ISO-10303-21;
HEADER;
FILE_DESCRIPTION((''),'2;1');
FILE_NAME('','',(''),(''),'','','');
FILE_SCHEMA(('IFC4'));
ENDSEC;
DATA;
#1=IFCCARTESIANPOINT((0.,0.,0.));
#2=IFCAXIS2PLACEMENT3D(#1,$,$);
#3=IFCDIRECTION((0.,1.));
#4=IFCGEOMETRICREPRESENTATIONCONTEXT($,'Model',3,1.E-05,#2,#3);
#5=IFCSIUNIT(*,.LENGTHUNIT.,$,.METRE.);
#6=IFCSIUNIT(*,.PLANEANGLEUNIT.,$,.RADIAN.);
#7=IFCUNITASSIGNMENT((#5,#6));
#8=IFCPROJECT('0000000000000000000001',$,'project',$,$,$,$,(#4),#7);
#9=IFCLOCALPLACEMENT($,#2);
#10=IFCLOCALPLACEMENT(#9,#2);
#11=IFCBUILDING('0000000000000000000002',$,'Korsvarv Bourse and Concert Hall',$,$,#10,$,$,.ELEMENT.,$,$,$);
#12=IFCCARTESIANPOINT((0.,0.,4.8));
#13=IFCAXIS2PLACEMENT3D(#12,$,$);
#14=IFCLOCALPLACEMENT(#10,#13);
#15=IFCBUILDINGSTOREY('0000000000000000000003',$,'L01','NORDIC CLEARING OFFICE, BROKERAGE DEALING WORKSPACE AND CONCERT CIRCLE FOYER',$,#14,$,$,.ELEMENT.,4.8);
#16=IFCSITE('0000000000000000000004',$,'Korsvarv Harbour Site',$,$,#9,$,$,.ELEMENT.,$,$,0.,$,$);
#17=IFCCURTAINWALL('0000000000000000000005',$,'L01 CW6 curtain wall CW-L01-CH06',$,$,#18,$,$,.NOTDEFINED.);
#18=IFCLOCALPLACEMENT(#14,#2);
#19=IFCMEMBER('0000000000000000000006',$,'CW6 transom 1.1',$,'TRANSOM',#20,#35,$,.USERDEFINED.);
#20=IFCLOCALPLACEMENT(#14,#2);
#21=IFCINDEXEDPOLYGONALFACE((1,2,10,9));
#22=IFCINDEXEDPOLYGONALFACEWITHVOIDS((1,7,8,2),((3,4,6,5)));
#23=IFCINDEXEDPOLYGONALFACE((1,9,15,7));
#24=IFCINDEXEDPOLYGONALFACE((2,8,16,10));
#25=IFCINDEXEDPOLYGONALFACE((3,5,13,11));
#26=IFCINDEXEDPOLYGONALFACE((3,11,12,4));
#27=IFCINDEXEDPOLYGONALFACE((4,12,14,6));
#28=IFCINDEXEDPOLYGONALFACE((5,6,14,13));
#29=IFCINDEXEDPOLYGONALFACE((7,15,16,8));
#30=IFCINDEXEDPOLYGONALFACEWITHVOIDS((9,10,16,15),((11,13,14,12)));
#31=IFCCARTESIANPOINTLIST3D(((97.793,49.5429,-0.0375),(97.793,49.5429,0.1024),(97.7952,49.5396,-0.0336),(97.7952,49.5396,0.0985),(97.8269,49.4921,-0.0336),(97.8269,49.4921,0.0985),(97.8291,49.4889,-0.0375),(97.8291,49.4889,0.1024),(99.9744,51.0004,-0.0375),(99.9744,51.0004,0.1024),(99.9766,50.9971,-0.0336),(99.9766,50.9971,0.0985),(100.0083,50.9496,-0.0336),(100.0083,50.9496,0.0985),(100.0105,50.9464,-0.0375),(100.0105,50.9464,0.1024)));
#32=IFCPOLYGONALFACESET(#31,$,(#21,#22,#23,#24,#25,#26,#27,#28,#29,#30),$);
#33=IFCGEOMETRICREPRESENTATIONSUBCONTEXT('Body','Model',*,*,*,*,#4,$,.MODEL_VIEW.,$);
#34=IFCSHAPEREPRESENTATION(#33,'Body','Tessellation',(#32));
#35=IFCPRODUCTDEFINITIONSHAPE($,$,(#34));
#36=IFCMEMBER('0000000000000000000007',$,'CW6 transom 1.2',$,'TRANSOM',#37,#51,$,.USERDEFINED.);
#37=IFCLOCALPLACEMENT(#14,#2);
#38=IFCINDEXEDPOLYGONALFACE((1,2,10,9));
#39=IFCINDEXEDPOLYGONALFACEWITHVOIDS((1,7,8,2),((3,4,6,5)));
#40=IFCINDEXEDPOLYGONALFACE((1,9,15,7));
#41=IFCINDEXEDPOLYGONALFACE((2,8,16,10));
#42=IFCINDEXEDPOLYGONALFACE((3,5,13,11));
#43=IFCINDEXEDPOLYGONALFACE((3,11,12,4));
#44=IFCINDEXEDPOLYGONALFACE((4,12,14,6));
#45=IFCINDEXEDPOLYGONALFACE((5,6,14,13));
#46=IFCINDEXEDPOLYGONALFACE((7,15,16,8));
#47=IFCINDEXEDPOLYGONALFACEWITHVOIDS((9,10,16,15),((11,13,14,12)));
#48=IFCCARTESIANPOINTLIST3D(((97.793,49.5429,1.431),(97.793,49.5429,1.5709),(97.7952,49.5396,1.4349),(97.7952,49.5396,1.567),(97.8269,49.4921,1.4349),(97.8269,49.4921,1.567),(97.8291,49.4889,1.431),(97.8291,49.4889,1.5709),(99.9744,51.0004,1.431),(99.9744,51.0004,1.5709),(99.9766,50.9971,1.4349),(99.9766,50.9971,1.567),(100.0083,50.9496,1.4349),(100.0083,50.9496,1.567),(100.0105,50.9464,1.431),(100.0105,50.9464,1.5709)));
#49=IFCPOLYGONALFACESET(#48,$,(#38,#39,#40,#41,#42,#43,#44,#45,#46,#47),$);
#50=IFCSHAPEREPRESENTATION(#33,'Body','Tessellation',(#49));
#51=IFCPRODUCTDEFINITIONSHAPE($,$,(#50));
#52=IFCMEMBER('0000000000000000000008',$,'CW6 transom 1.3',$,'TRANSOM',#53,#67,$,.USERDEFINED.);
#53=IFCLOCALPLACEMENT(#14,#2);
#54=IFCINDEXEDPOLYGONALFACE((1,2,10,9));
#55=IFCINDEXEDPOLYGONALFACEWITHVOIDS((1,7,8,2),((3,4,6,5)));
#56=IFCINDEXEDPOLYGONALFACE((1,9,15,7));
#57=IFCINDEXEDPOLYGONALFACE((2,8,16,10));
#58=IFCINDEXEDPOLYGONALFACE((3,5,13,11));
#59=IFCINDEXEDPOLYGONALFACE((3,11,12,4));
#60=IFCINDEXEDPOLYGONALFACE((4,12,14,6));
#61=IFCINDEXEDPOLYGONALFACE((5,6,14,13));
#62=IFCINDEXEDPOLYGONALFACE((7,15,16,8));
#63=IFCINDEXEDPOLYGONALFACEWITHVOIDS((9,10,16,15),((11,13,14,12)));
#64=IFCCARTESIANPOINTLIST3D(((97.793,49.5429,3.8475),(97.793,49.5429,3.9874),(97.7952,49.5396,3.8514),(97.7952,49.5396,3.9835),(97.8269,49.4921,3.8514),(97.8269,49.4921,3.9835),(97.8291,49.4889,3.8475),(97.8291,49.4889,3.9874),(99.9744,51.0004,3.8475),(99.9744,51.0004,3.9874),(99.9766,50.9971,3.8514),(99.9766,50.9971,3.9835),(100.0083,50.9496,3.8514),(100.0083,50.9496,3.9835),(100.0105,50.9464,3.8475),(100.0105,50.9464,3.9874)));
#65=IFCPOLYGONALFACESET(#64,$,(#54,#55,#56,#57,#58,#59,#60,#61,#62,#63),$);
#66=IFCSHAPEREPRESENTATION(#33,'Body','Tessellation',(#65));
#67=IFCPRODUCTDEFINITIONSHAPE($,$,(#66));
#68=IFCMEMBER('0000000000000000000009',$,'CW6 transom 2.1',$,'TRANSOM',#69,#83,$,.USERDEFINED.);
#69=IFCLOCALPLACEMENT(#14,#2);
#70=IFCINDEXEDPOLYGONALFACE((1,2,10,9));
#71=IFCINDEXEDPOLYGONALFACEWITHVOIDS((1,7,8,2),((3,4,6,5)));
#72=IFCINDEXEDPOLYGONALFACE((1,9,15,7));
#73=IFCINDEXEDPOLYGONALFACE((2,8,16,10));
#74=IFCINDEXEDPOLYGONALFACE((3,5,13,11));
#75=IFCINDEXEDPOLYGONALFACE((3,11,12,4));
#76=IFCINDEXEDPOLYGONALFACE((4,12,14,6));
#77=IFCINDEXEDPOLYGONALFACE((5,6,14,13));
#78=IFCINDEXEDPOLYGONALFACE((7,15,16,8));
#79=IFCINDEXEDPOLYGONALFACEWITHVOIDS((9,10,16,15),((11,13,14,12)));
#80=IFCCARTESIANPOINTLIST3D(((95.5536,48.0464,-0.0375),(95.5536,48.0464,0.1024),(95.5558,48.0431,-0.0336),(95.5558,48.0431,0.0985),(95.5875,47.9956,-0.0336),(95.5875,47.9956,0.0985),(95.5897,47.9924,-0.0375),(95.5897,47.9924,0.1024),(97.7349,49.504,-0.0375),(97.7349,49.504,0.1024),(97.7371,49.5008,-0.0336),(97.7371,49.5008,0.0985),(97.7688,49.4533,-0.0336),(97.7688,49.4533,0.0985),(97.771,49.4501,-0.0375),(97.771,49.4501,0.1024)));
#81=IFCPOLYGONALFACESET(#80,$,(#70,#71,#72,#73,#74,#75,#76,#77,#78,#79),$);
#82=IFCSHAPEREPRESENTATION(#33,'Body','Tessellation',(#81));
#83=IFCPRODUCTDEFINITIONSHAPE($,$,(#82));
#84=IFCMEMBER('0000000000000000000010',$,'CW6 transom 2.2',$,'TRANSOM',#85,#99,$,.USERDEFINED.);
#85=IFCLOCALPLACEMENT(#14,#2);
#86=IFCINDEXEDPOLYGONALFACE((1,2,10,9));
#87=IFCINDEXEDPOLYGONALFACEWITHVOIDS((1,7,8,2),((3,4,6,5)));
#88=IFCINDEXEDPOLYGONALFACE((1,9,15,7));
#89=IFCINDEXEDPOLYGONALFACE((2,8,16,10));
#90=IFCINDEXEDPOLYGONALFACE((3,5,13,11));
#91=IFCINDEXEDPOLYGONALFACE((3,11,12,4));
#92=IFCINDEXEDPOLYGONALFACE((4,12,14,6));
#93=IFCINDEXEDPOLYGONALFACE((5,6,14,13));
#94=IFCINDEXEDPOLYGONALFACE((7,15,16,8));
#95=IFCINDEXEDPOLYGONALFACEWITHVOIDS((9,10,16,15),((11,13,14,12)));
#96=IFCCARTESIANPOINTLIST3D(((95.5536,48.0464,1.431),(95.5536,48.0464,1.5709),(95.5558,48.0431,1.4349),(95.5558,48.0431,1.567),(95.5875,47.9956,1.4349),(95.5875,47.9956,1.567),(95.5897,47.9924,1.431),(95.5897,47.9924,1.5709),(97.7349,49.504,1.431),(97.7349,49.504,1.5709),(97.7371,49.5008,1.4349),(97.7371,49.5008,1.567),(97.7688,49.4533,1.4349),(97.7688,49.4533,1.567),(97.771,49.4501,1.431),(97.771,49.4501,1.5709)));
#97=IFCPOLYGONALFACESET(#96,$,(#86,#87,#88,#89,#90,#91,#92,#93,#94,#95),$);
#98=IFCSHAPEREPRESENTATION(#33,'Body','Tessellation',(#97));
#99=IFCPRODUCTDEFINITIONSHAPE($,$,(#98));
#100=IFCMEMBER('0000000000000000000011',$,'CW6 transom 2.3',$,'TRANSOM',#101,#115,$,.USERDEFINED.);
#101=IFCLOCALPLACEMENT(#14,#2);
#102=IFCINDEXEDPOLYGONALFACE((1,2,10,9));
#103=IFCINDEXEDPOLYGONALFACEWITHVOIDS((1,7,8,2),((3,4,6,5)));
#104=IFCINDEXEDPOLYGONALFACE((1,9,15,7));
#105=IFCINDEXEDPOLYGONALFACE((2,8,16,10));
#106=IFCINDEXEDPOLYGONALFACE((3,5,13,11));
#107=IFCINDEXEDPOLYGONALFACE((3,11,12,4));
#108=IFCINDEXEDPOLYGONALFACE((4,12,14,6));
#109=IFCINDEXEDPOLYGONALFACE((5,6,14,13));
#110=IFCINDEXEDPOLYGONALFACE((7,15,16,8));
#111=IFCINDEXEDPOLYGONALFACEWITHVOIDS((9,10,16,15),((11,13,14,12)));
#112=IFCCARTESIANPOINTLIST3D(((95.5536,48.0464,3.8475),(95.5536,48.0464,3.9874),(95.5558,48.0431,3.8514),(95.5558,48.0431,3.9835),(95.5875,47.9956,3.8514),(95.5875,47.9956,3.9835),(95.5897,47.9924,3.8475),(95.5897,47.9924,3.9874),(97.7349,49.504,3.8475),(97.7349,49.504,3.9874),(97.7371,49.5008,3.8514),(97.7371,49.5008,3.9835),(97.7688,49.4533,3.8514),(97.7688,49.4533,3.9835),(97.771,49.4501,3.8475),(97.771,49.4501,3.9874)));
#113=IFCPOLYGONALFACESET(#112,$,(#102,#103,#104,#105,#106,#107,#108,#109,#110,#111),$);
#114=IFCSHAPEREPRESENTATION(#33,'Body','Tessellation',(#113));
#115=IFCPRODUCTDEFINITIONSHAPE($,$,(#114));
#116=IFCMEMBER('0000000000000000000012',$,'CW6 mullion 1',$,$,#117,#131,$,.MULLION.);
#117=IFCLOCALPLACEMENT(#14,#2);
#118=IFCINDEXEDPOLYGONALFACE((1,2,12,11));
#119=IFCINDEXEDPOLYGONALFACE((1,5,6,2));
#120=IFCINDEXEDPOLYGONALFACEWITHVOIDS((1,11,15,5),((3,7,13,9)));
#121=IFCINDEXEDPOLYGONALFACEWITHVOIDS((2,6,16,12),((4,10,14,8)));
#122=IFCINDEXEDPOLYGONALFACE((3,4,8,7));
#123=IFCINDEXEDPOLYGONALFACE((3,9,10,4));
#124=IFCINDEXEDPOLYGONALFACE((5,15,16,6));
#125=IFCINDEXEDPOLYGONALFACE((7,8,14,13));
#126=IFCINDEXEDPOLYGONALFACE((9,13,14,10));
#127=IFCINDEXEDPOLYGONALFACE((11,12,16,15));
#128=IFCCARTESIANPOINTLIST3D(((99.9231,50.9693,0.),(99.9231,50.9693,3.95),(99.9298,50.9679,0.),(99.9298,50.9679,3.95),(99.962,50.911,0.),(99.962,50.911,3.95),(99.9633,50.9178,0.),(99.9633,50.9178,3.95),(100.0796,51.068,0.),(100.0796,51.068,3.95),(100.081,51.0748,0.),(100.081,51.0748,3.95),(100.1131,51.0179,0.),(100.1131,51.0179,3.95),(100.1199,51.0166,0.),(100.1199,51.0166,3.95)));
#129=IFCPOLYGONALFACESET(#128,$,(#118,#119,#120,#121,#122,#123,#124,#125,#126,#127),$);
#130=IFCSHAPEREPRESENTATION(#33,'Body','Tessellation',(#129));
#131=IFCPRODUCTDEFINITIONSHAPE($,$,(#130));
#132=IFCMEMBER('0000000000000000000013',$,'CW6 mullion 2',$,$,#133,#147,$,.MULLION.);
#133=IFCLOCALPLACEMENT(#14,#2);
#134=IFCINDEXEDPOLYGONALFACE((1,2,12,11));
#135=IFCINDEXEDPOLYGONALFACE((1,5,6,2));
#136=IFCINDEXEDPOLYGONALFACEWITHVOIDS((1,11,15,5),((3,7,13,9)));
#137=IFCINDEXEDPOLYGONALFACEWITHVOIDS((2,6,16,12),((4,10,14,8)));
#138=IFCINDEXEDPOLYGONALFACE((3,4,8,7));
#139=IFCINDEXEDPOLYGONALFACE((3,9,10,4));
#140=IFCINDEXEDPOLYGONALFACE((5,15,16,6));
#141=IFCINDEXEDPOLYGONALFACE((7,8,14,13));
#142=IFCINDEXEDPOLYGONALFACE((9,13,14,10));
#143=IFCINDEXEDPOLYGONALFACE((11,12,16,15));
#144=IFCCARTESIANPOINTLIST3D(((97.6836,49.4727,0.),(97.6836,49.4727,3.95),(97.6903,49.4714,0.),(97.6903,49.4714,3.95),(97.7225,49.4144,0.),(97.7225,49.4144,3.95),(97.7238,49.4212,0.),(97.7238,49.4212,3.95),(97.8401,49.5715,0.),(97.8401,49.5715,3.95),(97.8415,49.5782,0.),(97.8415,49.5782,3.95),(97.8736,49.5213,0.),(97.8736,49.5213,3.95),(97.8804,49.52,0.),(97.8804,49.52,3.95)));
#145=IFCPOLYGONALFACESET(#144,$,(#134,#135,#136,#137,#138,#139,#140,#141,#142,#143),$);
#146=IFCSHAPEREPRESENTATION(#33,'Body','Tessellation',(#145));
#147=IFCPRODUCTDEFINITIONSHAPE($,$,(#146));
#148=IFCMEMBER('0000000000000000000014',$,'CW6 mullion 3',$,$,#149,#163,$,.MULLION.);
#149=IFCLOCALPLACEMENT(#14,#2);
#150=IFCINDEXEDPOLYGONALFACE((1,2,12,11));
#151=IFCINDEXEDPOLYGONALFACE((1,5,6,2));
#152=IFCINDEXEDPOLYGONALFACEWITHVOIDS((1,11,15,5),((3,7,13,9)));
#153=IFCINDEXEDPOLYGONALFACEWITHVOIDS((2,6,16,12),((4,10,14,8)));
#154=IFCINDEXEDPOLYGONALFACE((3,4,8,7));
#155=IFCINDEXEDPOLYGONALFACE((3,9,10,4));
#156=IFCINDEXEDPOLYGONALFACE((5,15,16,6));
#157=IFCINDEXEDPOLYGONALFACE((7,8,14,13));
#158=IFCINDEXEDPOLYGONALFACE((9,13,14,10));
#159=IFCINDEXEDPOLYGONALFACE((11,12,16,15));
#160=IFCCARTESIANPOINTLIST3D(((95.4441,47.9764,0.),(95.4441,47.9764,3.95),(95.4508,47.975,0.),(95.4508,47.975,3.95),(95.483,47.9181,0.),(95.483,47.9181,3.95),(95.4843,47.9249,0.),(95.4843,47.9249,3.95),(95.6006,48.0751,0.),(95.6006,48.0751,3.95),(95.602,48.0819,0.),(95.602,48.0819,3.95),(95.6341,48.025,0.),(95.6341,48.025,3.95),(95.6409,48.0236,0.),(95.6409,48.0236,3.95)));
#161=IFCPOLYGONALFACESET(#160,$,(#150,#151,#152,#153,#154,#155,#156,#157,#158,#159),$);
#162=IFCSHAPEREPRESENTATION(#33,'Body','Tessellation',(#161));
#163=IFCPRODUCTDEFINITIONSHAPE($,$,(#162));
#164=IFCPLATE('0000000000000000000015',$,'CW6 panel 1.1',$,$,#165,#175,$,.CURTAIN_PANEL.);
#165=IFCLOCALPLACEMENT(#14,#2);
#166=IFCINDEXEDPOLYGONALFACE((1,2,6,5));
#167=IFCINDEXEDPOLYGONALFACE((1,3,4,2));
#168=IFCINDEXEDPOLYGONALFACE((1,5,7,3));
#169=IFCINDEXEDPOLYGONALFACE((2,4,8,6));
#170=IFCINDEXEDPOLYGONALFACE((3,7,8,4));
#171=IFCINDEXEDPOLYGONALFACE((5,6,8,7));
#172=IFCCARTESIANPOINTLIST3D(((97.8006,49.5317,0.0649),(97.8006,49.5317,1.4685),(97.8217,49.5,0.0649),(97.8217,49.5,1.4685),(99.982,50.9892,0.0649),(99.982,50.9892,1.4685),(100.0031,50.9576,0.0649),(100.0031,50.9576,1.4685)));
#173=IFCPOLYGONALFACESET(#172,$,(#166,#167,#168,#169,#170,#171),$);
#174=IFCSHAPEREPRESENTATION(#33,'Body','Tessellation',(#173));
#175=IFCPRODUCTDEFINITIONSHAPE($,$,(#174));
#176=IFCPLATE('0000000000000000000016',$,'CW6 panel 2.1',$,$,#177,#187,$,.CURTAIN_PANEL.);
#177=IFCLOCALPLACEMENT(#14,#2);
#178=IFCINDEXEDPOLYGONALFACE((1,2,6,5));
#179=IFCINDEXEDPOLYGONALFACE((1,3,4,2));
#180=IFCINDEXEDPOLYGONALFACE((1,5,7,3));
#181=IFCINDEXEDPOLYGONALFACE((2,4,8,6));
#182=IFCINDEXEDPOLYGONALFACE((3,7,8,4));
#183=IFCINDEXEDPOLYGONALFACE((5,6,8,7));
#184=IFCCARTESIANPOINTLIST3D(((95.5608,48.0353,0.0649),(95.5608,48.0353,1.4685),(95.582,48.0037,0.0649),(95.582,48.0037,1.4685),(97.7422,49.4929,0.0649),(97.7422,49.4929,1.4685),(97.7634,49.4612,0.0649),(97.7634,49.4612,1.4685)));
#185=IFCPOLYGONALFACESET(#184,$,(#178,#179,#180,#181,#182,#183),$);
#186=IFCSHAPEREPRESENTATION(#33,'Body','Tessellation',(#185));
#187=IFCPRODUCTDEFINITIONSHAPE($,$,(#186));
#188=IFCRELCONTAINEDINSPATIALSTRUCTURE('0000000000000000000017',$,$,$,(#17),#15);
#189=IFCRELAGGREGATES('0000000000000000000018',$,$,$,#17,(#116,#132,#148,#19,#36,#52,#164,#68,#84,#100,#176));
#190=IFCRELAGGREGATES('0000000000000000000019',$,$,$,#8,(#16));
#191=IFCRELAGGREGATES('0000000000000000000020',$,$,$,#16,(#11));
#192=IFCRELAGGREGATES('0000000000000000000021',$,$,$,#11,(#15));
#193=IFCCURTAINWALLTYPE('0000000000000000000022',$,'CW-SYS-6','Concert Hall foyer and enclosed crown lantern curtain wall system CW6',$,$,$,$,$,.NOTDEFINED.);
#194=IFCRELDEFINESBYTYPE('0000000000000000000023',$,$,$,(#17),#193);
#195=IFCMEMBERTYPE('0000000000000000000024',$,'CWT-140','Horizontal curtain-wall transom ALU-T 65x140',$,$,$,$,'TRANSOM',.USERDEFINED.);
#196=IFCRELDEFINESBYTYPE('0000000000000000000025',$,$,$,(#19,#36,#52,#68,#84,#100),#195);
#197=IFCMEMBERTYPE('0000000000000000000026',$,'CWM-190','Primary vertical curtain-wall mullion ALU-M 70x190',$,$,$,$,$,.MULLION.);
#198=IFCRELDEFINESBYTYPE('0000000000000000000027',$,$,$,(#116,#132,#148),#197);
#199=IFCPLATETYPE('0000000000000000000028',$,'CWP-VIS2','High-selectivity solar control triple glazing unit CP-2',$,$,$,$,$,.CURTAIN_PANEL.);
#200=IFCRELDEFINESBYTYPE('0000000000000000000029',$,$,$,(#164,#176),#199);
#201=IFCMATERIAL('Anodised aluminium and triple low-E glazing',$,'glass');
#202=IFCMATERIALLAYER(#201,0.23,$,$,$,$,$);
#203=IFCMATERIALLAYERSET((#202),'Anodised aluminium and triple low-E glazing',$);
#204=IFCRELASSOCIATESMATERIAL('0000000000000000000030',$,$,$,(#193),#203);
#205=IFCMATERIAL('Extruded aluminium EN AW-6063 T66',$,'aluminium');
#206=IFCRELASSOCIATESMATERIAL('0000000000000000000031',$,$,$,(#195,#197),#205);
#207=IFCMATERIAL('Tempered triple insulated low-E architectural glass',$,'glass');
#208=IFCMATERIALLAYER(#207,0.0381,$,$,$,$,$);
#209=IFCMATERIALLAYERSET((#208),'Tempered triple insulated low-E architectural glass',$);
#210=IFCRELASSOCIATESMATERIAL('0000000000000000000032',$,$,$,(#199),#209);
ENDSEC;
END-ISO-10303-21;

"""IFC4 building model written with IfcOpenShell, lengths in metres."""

from ifc_helpers import new_model, si_unit, direction, frame, origin, origin_2d, place, context, subcontext, project, spatial, rectangle, hollow_rectangle, extrude, source, transform, mapped, material, layer, layer_set, material_profile, profile_set, type_object, element, aggregate, save


model = new_model("IFC4")

# Units and contexts
model_context = context("Model", 3, precision=1e-05, world=origin(), true_north=direction((0.0, 1.0)))
body_context = subcontext(model_context, "Body", "Model", "MODEL_VIEW")
ifc_project = project(units=[si_unit("LENGTHUNIT", "METRE"), si_unit("PLANEANGLEUNIT", "RADIAN")], contexts=[model_context])

# Site, building, storey
site_placement = place(None, origin())
site = spatial("IfcSite", under=ifc_project, at=site_placement, Name="Korsvarv Harbour Site", CompositionType="ELEMENT", RefElevation=0.0)
building_placement = place(site_placement, origin())
building = spatial("IfcBuilding", under=site, at=building_placement, Name="Korsvarv Bourse and Concert Hall", CompositionType="ELEMENT")
storey_placement = place(building_placement, frame((0.0, 0.0, 4.8)))
storey = spatial("IfcBuildingStorey", under=building, at=storey_placement, Name="L01", Description="NORDIC CLEARING OFFICE, BROKERAGE DEALING WORKSPACE AND CONCERT CIRCLE FOYER", CompositionType="ELEMENT", Elevation=4.8)

# Curtain wall, members, plates
ifc_material_1 = material(Name="Anodised aluminium and triple low-E glazing", Category="glass")
ifc_layer_1 = layer(ifc_material_1, 0.23)
ifc_layer_set_1 = layer_set([ifc_layer_1], Name="Anodised aluminium and triple low-E glazing")
curtain_wall_type = type_object("IfcCurtainWallType", Name="CW-SYS-6", Description="Concert Hall foyer and enclosed crown lantern curtain wall system CW6", PredefinedType="NOTDEFINED", material=ifc_layer_set_1)
curtain_wall_placement = place(storey_placement, origin())
curtain_wall = element("IfcCurtainWall", 1, at=curtain_wall_placement, inside=storey, type_object=curtain_wall_type, Name="L01 CW6 curtain wall CW-L01-CH06", PredefinedType="NOTDEFINED")
ifc_material_2 = material(Name="Extruded aluminium EN AW-6063 T66", Category="aluminium")
ifc_material_profile_1 = material_profile(ifc_material_2, hollow_rectangle(XDim=0.0649, YDim=0.1399, WallThickness=0.0039, at=origin_2d()), Name="ALU-T 65x140")
ifc_profile_set_1 = profile_set([ifc_material_profile_1], Name="Extruded aluminium EN AW-6063 T66")
member_type_1 = type_object("IfcMemberType", Name="CWT-140", Description="Horizontal curtain-wall transom ALU-T 65x140", ElementType="TRANSOM", PredefinedType="USERDEFINED", material=ifc_profile_set_1)
shared_shape_1 = source(origin(), body_context, "Body", "SweptSolid", [
    extrude(hollow_rectangle(XDim=0.0649, YDim=0.1399, WallThickness=0.0039, at=origin_2d()), origin(), (0.0, 0.0, 1.0), 2.6235),
])
member_1_placement = place(storey_placement, frame((99.9924, 50.9734, 0.0325), z_axis=(-0.831477, -0.555559, 0.0), x_axis=(0.555559, -0.831477, 0.0)))
member_1 = element("IfcMember", 2, at=member_1_placement, type_object=member_type_1, Name="CW6 transom 1.1", ObjectType="TRANSOM", PredefinedType="USERDEFINED", context=body_context, shape_type="MappedRepresentation", body=[
    mapped(shared_shape_1, transform((0.0, 0.0, 0.0), scale=1.0)),
])
member_2_placement = place(storey_placement, frame((99.9924, 50.9734, 1.501), z_axis=(-0.831477, -0.555559, 0.0), x_axis=(0.555559, -0.831477, 0.0)))
member_2 = element("IfcMember", 3, at=member_2_placement, type_object=member_type_1, Name="CW6 transom 1.2", ObjectType="TRANSOM", PredefinedType="USERDEFINED", context=body_context, shape_type="MappedRepresentation", body=[
    mapped(shared_shape_1, transform((0.0, 0.0, 0.0), scale=1.0)),
])
member_3_placement = place(storey_placement, frame((99.9924, 50.9734, 3.9175), z_axis=(-0.831477, -0.555559, 0.0), x_axis=(0.555559, -0.831477, 0.0)))
member_3 = element("IfcMember", 4, at=member_3_placement, type_object=member_type_1, Name="CW6 transom 1.3", ObjectType="TRANSOM", PredefinedType="USERDEFINED", context=body_context, shape_type="MappedRepresentation", body=[
    mapped(shared_shape_1, transform((0.0, 0.0, 0.0), scale=1.0)),
])
member_4_placement = place(storey_placement, frame((97.7529, 49.4771, 0.0325), z_axis=(-0.831434, -0.555623, 0.0), x_axis=(0.555623, -0.831434, 0.0)))
member_4 = element("IfcMember", 5, at=member_4_placement, type_object=member_type_1, Name="CW6 transom 2.1", ObjectType="TRANSOM", PredefinedType="USERDEFINED", context=body_context, shape_type="MappedRepresentation", body=[
    mapped(shared_shape_1, transform((0.0, 0.0, 0.0), scale=1.0)),
])
member_5_placement = place(storey_placement, frame((97.7529, 49.4771, 1.501), z_axis=(-0.831434, -0.555623, 0.0), x_axis=(0.555623, -0.831434, 0.0)))
member_5 = element("IfcMember", 6, at=member_5_placement, type_object=member_type_1, Name="CW6 transom 2.2", ObjectType="TRANSOM", PredefinedType="USERDEFINED", context=body_context, shape_type="MappedRepresentation", body=[
    mapped(shared_shape_1, transform((0.0, 0.0, 0.0), scale=1.0)),
])
member_6_placement = place(storey_placement, frame((97.7529, 49.4771, 3.9175), z_axis=(-0.831434, -0.555623, 0.0), x_axis=(0.555623, -0.831434, 0.0)))
member_6 = element("IfcMember", 7, at=member_6_placement, type_object=member_type_1, Name="CW6 transom 2.3", ObjectType="TRANSOM", PredefinedType="USERDEFINED", context=body_context, shape_type="MappedRepresentation", body=[
    mapped(shared_shape_1, transform((0.0, 0.0, 0.0), scale=1.0)),
])
ifc_material_profile_2 = material_profile(ifc_material_2, hollow_rectangle(XDim=0.0701, YDim=0.1899, WallThickness=0.0049, at=origin_2d()), Name="ALU-M 70x190")
ifc_profile_set_2 = profile_set([ifc_material_profile_2], Name="Extruded aluminium EN AW-6063 T66")
member_type_2 = type_object("IfcMemberType", Name="CWM-190", Description="Primary vertical curtain-wall mullion ALU-M 70x190", PredefinedType="MULLION", material=ifc_profile_set_2)
shared_shape_2 = source(origin(), body_context, "Body", "SweptSolid", [
    extrude(hollow_rectangle(XDim=0.0701, YDim=0.1899, WallThickness=0.0049, at=origin_2d()), origin(), (0.0, 0.0, 1.0), 3.95),
])
member_7_placement = place(storey_placement, frame((100.0215, 50.9929, 0.0), z_axis=(0.0, 0.0, 1.0), x_axis=(0.555571, -0.831469, 0.0)))
member_7 = element("IfcMember", 8, at=member_7_placement, type_object=member_type_2, Name="CW6 mullion 1", PredefinedType="MULLION", context=body_context, shape_type="MappedRepresentation", body=[
    mapped(shared_shape_2, transform((0.0, 0.0, 0.0), scale=1.0)),
])
member_8_placement = place(storey_placement, frame((97.782, 49.4963, 0.0), z_axis=(0.0, 0.0, 1.0), x_axis=(0.555571, -0.831469, 0.0)))
member_8 = element("IfcMember", 9, at=member_8_placement, type_object=member_type_2, Name="CW6 mullion 2", PredefinedType="MULLION", context=body_context, shape_type="MappedRepresentation", body=[
    mapped(shared_shape_2, transform((0.0, 0.0, 0.0), scale=1.0)),
])
member_9_placement = place(storey_placement, frame((95.5425, 48.0, 0.0), z_axis=(0.0, 0.0, 1.0), x_axis=(0.555571, -0.831469, 0.0)))
member_9 = element("IfcMember", 10, at=member_9_placement, type_object=member_type_2, Name="CW6 mullion 3", PredefinedType="MULLION", context=body_context, shape_type="MappedRepresentation", body=[
    mapped(shared_shape_2, transform((0.0, 0.0, 0.0), scale=1.0)),
])
ifc_material_3 = material(Name="Tempered triple insulated low-E architectural glass", Category="glass")
ifc_layer_2 = layer(ifc_material_3, 0.0381)
ifc_layer_set_2 = layer_set([ifc_layer_2], Name="Tempered triple insulated low-E architectural glass")
plate_type = type_object("IfcPlateType", Name="CWP-VIS2", Description="High-selectivity solar control triple glazing unit CP-2", PredefinedType="CURTAIN_PANEL", material=ifc_layer_set_2)
shared_shape_3 = source(origin(), body_context, "Body", "SweptSolid", [
    extrude(rectangle(XDim=2.6235, YDim=0.0381, at=origin_2d()), origin(), (0.0, 0.0, 1.0), 1.4036),
])
plate_1_placement = place(storey_placement, frame((98.9019, 50.2446, 0.0649), z_axis=(0.0, 0.0, 1.0), x_axis=(-0.831469, -0.555571, 0.0)))
plate_1 = element("IfcPlate", 11, at=plate_1_placement, type_object=plate_type, Name="CW6 panel 1.1", PredefinedType="CURTAIN_PANEL", context=body_context, shape_type="MappedRepresentation", body=[
    mapped(shared_shape_3, transform((0.0, 0.0, 0.0), scale=1.0)),
])
plate_2_placement = place(storey_placement, frame((96.6621, 48.7483, 0.0649), z_axis=(0.0, 0.0, 1.0), x_axis=(-0.831469, -0.555571, 0.0)))
plate_2 = element("IfcPlate", 12, at=plate_2_placement, type_object=plate_type, Name="CW6 panel 2.1", PredefinedType="CURTAIN_PANEL", context=body_context, shape_type="MappedRepresentation", body=[
    mapped(shared_shape_3, transform((0.0, 0.0, 0.0), scale=1.0)),
])
aggregate(curtain_wall, [member_7, member_8, member_9, member_1, member_2, member_3, plate_1, member_4, member_5, member_6, plate_2])

save(model, "model.ifc")
